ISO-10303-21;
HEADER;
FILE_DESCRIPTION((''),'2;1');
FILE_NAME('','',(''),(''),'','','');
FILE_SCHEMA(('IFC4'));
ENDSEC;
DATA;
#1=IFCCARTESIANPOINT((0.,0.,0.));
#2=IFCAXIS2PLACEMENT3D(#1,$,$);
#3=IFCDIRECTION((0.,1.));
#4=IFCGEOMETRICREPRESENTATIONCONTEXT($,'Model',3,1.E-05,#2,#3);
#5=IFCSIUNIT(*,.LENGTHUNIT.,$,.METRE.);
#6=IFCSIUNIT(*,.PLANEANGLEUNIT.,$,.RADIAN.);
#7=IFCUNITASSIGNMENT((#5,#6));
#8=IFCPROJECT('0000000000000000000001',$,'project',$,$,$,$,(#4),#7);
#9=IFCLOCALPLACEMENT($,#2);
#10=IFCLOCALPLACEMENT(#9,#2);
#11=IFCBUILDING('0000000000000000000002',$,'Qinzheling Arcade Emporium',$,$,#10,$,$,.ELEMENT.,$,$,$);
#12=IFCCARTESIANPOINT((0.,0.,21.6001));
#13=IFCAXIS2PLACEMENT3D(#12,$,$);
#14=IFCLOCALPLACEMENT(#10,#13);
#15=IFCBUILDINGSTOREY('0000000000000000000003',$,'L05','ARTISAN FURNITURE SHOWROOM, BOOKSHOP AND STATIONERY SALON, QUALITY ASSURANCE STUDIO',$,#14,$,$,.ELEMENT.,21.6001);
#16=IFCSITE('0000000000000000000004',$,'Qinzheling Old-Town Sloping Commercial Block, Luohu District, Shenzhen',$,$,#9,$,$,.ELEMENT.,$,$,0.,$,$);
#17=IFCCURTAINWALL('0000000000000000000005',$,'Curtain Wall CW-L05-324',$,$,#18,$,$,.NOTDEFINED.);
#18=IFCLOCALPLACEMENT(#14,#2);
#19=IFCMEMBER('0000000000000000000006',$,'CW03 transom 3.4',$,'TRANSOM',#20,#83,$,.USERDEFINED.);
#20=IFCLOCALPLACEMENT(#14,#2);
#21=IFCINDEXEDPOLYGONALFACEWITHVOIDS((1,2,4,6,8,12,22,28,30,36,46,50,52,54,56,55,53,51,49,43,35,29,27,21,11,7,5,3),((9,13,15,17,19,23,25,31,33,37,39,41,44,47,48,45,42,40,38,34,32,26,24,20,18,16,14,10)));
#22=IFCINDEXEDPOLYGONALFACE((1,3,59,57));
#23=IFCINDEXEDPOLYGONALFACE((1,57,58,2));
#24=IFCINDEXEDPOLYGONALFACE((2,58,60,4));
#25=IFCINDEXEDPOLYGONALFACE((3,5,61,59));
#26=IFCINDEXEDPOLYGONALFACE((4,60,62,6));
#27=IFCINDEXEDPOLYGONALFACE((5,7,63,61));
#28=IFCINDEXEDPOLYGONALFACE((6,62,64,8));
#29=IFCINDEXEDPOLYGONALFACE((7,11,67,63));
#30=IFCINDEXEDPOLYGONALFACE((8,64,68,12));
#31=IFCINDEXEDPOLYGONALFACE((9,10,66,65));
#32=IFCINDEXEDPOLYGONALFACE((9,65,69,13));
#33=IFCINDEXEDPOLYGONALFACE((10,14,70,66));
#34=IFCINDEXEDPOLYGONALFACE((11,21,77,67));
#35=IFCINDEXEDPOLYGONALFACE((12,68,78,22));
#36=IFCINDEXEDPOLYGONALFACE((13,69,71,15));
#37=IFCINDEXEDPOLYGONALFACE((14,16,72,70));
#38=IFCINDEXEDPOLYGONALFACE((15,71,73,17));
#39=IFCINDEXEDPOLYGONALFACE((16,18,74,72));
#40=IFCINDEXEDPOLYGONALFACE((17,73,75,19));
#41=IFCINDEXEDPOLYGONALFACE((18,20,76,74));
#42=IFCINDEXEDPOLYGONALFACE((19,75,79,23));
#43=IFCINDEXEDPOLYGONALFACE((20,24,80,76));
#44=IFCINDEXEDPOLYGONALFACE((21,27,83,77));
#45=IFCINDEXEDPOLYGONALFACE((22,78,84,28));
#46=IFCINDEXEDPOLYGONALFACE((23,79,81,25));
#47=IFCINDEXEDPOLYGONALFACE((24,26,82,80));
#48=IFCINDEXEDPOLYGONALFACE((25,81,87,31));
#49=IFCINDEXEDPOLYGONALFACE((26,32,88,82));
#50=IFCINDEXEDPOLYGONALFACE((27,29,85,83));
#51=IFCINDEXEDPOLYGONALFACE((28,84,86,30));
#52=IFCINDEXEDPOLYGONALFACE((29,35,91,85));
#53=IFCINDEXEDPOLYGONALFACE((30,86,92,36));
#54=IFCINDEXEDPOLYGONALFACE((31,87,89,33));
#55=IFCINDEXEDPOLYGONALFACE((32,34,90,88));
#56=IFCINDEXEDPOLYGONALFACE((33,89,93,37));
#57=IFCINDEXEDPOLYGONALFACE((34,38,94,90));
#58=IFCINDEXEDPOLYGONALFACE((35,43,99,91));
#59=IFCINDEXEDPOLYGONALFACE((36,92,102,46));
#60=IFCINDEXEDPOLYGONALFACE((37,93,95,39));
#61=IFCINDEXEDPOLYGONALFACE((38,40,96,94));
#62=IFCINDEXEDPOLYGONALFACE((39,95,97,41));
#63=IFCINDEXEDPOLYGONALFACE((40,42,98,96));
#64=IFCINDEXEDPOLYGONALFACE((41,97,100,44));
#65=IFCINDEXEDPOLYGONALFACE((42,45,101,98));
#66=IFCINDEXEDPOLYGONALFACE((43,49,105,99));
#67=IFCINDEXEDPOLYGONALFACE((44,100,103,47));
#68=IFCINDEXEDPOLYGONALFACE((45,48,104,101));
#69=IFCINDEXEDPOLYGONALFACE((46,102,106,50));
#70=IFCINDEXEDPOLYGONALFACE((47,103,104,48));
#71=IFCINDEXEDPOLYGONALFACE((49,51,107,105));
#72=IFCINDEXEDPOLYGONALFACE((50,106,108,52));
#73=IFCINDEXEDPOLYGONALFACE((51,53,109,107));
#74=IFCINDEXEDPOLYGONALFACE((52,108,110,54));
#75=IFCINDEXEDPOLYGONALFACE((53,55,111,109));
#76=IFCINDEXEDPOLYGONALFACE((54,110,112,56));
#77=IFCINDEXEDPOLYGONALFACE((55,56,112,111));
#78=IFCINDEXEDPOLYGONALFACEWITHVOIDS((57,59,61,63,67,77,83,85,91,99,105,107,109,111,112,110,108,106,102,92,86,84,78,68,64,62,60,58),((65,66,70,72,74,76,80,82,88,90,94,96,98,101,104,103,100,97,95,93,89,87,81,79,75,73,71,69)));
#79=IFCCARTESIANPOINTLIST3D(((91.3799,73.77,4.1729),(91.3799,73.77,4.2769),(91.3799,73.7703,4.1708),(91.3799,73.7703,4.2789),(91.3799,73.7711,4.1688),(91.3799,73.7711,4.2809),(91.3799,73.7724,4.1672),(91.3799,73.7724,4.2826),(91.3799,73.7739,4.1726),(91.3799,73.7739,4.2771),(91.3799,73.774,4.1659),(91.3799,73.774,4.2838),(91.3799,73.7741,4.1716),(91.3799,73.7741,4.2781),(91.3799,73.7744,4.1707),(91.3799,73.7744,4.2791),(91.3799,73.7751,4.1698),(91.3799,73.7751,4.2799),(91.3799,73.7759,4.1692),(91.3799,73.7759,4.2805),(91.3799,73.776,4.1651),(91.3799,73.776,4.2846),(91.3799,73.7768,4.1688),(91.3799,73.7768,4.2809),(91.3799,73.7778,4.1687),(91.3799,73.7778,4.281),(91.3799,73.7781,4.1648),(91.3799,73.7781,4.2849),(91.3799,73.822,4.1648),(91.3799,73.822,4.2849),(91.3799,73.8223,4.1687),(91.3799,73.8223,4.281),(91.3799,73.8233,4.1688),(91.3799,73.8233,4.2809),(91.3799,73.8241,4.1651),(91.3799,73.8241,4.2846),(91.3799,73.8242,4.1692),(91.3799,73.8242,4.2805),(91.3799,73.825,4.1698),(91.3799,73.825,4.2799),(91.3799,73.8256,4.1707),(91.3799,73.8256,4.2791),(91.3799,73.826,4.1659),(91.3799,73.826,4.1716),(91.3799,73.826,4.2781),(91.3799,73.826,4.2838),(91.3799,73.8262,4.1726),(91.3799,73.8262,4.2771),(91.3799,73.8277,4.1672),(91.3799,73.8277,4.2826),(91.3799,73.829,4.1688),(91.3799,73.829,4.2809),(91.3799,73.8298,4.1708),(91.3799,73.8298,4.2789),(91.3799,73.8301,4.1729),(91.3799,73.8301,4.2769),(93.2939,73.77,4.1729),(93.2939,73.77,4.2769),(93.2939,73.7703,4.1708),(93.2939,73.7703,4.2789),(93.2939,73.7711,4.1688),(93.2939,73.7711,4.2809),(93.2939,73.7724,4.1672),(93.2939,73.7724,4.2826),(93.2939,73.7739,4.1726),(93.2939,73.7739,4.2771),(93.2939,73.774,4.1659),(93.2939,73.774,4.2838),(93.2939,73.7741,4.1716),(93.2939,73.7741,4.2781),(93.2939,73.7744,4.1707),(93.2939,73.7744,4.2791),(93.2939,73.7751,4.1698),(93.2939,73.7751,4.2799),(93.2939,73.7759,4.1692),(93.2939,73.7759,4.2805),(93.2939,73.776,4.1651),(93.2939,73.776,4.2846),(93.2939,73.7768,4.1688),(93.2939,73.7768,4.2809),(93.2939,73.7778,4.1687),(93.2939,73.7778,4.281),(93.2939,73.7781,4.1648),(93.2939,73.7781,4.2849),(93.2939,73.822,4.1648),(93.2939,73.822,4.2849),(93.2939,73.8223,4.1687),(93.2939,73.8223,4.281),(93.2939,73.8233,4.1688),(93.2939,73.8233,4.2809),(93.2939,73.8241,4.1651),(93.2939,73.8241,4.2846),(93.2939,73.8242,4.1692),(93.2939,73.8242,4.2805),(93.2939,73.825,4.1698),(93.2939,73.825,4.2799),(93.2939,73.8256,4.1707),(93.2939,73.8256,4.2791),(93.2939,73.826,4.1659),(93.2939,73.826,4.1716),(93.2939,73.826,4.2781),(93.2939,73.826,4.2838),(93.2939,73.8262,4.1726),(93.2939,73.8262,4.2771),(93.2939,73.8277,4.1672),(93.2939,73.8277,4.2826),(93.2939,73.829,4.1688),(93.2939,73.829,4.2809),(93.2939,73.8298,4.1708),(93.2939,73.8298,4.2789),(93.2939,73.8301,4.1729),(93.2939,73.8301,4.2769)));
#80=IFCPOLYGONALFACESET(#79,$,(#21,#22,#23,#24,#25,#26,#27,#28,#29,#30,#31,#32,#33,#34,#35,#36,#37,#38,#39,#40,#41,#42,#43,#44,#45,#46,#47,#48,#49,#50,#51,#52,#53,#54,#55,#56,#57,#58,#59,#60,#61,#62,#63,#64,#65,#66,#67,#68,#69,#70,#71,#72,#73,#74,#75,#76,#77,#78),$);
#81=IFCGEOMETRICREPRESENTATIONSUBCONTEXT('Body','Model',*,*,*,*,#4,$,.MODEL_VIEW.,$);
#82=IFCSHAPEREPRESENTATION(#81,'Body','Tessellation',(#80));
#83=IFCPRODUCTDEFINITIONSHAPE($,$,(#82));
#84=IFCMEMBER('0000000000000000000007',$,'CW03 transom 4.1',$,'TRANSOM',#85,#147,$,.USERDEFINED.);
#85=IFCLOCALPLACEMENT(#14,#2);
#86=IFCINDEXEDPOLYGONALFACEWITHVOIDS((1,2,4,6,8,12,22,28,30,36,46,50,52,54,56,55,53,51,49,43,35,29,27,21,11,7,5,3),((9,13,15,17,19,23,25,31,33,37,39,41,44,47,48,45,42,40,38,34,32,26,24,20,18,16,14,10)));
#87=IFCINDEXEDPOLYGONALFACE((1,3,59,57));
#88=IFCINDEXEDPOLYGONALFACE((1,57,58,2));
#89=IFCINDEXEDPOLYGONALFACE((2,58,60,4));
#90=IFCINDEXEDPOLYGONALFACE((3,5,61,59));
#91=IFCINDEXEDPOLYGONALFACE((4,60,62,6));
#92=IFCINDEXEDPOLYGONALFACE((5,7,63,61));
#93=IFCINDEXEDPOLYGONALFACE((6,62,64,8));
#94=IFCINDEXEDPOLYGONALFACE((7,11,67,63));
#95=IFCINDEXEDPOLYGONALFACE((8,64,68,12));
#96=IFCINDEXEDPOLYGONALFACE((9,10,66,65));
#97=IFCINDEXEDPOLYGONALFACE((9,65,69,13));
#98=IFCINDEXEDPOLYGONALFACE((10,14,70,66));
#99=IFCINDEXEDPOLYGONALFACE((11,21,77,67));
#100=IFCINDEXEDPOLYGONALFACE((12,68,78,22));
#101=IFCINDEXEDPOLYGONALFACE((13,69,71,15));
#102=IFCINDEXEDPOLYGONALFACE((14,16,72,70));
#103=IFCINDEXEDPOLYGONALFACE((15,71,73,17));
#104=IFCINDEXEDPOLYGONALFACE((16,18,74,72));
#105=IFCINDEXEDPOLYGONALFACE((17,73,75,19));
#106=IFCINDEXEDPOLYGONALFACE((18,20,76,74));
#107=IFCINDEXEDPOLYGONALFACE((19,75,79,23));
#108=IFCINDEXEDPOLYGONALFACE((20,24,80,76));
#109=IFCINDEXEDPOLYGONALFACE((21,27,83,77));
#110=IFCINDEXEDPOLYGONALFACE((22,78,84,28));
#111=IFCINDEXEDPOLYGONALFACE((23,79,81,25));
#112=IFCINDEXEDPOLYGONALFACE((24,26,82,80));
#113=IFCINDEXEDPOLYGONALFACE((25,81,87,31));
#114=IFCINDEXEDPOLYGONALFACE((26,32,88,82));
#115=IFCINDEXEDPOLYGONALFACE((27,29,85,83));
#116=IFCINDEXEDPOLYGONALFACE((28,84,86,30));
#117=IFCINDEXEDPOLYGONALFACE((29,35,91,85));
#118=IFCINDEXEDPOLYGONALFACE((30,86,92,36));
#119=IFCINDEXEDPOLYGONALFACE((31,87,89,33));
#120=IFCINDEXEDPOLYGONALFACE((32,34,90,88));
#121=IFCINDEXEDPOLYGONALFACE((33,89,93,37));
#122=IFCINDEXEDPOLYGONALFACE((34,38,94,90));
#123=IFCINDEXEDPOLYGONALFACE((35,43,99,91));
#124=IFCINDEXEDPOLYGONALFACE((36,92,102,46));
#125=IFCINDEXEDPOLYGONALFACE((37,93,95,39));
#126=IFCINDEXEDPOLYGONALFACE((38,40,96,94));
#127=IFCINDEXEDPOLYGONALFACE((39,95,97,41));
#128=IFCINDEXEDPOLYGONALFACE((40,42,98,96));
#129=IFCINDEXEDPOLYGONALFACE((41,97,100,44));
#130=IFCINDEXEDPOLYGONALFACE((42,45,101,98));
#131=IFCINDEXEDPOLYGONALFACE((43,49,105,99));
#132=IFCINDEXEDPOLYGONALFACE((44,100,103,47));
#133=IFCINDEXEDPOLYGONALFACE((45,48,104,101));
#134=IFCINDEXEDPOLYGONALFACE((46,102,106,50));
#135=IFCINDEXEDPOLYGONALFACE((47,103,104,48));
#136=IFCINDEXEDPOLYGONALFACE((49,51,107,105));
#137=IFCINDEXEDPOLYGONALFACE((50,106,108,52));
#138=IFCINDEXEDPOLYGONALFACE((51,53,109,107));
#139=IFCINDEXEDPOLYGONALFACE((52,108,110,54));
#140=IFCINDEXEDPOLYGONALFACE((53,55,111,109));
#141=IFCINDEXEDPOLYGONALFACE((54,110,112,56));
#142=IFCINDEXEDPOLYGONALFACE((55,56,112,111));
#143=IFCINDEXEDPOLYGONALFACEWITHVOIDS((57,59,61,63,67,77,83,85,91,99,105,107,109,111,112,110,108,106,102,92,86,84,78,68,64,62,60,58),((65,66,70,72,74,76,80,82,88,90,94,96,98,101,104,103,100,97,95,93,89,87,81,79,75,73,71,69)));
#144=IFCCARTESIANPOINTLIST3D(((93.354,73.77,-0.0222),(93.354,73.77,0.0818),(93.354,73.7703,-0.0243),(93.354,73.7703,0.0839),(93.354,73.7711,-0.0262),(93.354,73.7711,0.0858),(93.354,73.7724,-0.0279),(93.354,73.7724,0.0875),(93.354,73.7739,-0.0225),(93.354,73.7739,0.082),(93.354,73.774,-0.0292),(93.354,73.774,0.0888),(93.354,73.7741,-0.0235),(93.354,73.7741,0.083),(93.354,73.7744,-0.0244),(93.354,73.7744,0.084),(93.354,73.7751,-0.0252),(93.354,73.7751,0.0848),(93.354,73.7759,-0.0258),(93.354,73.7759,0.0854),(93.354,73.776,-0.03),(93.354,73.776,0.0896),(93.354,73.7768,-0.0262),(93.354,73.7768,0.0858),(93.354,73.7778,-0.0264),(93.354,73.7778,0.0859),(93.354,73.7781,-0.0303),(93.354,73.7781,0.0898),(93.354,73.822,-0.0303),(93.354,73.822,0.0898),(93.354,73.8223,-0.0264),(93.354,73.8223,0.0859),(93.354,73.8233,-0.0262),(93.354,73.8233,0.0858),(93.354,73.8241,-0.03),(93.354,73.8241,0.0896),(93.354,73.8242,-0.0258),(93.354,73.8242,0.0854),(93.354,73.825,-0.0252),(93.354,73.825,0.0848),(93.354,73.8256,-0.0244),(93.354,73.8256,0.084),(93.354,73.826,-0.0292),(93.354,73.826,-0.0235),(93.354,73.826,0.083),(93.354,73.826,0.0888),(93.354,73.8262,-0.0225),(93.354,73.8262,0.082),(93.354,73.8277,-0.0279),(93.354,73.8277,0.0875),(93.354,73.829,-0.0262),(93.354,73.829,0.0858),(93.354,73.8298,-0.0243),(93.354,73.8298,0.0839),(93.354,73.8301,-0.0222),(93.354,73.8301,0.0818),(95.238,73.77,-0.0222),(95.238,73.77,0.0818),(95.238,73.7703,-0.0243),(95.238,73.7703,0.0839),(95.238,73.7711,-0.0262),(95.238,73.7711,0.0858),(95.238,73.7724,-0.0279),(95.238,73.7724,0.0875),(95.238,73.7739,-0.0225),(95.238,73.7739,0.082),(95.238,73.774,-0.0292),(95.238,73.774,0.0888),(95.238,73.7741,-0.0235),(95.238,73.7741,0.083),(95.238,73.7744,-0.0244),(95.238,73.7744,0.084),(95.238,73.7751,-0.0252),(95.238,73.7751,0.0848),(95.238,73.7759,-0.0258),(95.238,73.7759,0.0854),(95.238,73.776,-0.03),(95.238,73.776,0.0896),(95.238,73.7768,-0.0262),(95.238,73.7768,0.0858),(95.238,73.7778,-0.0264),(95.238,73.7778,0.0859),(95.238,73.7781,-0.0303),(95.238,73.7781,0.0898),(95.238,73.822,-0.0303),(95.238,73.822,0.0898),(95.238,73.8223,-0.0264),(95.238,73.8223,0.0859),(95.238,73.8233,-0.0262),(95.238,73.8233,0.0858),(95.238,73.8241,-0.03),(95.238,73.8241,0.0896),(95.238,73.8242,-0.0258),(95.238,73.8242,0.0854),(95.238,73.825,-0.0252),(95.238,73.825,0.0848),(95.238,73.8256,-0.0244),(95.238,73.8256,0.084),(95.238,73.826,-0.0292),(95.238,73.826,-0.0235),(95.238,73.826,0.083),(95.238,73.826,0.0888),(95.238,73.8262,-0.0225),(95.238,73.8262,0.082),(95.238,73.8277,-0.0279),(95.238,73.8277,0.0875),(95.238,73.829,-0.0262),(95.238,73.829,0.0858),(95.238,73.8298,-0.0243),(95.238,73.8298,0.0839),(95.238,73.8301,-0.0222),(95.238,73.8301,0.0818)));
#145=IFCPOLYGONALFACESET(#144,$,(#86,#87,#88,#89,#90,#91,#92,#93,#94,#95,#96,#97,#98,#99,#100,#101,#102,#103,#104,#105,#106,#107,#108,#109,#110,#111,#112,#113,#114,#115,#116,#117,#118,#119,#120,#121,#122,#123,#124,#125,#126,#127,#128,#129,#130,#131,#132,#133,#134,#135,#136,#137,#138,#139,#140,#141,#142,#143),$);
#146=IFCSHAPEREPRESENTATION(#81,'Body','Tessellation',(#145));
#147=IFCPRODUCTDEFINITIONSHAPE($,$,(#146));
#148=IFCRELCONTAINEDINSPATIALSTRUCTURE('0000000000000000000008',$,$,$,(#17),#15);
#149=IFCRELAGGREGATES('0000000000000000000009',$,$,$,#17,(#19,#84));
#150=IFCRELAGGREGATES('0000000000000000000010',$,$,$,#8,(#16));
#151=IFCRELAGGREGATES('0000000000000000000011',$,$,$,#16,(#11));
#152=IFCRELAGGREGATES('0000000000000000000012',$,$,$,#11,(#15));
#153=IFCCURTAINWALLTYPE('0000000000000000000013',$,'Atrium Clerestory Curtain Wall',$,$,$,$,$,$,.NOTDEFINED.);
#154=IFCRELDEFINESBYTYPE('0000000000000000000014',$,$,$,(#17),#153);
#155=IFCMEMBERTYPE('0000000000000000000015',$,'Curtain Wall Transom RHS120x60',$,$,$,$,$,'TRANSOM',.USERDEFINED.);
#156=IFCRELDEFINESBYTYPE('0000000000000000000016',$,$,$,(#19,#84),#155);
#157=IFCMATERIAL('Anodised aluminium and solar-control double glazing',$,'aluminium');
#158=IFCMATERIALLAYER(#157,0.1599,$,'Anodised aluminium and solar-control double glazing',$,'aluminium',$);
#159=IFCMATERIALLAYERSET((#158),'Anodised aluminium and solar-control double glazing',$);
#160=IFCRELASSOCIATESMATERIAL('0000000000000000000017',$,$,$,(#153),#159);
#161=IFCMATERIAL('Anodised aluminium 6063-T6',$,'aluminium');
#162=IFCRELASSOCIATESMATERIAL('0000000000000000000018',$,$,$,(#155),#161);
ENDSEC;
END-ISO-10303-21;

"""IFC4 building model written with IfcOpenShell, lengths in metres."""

from ifc_helpers import new_model, si_unit, direction, frame, origin, origin_2d, place, context, subcontext, project, spatial, hollow_rectangle, extrude, material, layer, layer_set, material_profile, profile_set, type_object, element, aggregate, save


model = new_model("IFC4")

# Units and contexts
model_context = context("Model", 3, precision=1e-05, world=origin(), true_north=direction((0.0, 1.0)))
body_context = subcontext(model_context, "Body", "Model", "MODEL_VIEW")
ifc_project = project(units=[si_unit("LENGTHUNIT", "METRE"), si_unit("PLANEANGLEUNIT", "RADIAN")], contexts=[model_context])

# Site, building, storey
site_placement = place(None, origin())
site = spatial("IfcSite", under=ifc_project, at=site_placement, Name="Qinzheling Old-Town Sloping Commercial Block, Luohu District, Shenzhen", CompositionType="ELEMENT", RefElevation=0.0)
building_placement = place(site_placement, origin())
building = spatial("IfcBuilding", under=site, at=building_placement, Name="Qinzheling Arcade Emporium", CompositionType="ELEMENT")
storey_placement = place(building_placement, frame((0.0, 0.0, 21.6001)))
storey = spatial("IfcBuildingStorey", under=building, at=storey_placement, Name="L05", Description="ARTISAN FURNITURE SHOWROOM, BOOKSHOP AND STATIONERY SALON, QUALITY ASSURANCE STUDIO", CompositionType="ELEMENT", Elevation=21.6001)

# Curtain wall
ifc_material_1 = material(Name="Anodised aluminium and solar-control double glazing", Category="aluminium")
ifc_layer_1 = layer(ifc_material_1, 0.1599, Name="Anodised aluminium and solar-control double glazing", Category="aluminium")
ifc_layer_set_1 = layer_set([ifc_layer_1], Name="Anodised aluminium and solar-control double glazing")
curtain_wall_type = type_object("IfcCurtainWallType", Name="Atrium Clerestory Curtain Wall", PredefinedType="NOTDEFINED", material=ifc_layer_set_1)
curtain_wall_1_placement = place(storey_placement, origin())
curtain_wall_1 = element("IfcCurtainWall", 1, at=curtain_wall_1_placement, inside=storey, type_object=curtain_wall_type, Name="Curtain Wall CW-L05-324", PredefinedType="NOTDEFINED")
ifc_material_2 = material(Name="Anodised aluminium 6063-T6", Category="aluminium")

# Members
ifc_material_profile_1 = material_profile(ifc_material_2, hollow_rectangle(XDim=0.0601, YDim=0.1201, WallThickness=0.0039, InnerFilletRadius=0.0039, OuterFilletRadius=0.0081, at=origin_2d()), Name="RHS 120x60x4", Category="aluminium")
ifc_profile_set_1 = profile_set([ifc_material_profile_1], Name="Anodised aluminium 6063-T6")
member_type_1 = type_object("IfcMemberType", Name="Curtain Wall Transom RHS120x60", ElementType="TRANSOM", PredefinedType="USERDEFINED", material=ifc_profile_set_1)
member_1_placement = place(storey_placement, frame((91.3799, 73.8, 4.2249), z_axis=(1.0, 0.0, 0.0), x_axis=(0.0, 1.0, 0.0)))
member_1 = element("IfcMember", 2, at=member_1_placement, type_object=member_type_1, Name="CW03 transom 3.4", ObjectType="TRANSOM", PredefinedType="USERDEFINED", context=body_context, shape_type="SweptSolid", body=[
    extrude(hollow_rectangle(XDim=0.0601, YDim=0.1201, WallThickness=0.0039, InnerFilletRadius=0.0039, OuterFilletRadius=0.0081, at=origin_2d()), origin(), (0.0, 0.0, 1.0), 1.9141),
])
member_2_placement = place(storey_placement, frame((93.354, 73.8, 0.0298), z_axis=(1.0, 0.0, 0.0), x_axis=(0.0, 1.0, 0.0)))
member_2 = element("IfcMember", 3, at=member_2_placement, type_object=member_type_1, Name="CW03 transom 4.1", ObjectType="TRANSOM", PredefinedType="USERDEFINED", context=body_context, shape_type="SweptSolid", body=[
    extrude(hollow_rectangle(XDim=0.0601, YDim=0.1201, WallThickness=0.0039, InnerFilletRadius=0.0039, OuterFilletRadius=0.0081, at=origin_2d()), origin(), (0.0, 0.0, 1.0), 1.884),
])

aggregate(curtain_wall_1, [member_1, member_2])

save(model, "model.ifc")
